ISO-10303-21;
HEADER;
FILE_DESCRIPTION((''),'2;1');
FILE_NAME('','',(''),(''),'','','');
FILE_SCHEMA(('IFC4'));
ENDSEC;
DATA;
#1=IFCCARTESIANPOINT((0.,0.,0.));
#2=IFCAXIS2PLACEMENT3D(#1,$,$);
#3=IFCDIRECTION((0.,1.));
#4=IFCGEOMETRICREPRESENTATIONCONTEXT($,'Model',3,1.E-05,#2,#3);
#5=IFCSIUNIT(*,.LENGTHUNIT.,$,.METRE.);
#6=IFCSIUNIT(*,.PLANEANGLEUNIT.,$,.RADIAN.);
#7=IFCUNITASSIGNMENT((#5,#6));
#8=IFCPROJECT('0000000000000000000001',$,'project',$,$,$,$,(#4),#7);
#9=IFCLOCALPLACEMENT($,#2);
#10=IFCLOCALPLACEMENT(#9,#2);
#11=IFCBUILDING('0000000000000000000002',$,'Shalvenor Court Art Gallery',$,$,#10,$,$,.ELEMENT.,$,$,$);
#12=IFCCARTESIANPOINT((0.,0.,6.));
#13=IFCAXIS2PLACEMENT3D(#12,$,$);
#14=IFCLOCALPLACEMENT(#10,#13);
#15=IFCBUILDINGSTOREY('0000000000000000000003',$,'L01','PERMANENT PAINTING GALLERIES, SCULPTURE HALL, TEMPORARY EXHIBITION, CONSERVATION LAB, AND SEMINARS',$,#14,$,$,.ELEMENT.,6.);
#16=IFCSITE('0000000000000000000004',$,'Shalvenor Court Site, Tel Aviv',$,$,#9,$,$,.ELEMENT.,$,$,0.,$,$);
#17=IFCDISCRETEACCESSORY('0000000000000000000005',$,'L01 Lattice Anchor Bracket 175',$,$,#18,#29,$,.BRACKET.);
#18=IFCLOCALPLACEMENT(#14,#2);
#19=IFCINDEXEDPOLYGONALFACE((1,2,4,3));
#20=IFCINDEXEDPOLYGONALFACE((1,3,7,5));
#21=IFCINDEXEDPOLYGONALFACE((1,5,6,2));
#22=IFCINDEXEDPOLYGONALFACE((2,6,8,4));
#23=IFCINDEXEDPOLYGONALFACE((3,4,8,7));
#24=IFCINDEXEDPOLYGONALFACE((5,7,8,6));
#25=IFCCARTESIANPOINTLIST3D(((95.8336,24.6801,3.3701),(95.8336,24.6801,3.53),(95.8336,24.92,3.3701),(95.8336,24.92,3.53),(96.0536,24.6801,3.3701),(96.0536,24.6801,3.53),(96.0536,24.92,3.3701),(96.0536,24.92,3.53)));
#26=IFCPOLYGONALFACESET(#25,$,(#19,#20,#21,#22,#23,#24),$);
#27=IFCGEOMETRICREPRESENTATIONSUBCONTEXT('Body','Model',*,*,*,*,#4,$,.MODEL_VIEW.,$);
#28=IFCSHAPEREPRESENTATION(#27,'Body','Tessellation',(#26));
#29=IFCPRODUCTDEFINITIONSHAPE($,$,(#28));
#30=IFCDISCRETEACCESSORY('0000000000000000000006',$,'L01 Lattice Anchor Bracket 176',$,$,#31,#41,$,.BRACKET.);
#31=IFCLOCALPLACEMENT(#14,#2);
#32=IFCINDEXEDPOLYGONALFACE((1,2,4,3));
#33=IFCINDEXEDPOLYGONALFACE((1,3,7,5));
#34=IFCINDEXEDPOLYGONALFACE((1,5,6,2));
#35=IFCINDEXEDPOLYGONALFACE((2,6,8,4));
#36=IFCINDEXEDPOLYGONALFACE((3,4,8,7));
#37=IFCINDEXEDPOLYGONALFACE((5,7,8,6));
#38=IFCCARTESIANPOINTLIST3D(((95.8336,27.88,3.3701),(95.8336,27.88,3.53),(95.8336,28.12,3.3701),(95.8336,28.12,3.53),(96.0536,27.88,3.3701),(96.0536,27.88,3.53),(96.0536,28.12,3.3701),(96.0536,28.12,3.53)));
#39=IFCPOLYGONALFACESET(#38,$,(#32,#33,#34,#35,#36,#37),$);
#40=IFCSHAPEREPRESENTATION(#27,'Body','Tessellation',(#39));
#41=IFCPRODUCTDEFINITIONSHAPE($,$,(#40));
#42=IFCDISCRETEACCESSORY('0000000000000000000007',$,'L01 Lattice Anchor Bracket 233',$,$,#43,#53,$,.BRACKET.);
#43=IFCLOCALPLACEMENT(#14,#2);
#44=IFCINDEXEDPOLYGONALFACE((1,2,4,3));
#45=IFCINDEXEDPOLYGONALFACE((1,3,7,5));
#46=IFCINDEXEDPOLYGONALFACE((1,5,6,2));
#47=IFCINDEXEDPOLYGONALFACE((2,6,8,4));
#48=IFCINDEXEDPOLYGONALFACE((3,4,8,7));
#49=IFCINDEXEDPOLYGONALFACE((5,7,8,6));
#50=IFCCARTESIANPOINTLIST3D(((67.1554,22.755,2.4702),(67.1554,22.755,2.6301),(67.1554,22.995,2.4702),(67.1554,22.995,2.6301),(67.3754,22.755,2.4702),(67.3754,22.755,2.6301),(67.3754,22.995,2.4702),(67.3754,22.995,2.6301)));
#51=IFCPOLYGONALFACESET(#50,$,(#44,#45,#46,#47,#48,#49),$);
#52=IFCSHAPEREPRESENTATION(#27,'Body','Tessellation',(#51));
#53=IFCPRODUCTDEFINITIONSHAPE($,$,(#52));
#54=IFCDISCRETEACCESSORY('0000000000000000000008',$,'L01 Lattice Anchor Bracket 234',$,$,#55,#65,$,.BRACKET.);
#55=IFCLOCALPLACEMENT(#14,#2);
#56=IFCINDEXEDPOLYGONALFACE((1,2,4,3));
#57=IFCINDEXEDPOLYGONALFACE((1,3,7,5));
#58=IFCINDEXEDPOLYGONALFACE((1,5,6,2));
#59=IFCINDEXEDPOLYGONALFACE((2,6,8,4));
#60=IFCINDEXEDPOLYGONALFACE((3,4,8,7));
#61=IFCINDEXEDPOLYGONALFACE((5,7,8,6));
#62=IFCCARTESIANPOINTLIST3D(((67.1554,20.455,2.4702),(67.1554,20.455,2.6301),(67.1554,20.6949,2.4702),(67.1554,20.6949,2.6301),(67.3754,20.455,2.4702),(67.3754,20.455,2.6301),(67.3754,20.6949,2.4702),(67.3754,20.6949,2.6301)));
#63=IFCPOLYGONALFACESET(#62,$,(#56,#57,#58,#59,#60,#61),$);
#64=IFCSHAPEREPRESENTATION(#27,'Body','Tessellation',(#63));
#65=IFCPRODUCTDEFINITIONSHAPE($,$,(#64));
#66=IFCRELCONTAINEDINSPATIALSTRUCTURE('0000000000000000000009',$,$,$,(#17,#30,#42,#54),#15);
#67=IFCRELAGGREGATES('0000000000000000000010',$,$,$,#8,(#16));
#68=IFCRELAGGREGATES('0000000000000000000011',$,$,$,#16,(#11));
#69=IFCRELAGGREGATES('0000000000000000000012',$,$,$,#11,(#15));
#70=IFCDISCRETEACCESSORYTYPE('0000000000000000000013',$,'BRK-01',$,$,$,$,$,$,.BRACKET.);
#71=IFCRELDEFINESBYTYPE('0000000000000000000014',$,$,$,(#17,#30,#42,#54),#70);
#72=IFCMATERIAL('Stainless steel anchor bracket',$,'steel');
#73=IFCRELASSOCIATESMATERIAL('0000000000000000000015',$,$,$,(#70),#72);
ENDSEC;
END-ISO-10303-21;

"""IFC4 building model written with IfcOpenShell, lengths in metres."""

from ifc_helpers import new_model, si_unit, direction, frame, origin, origin_2d, place, context, subcontext, project, spatial, rectangle, extrude, material, type_object, element, save


model = new_model("IFC4")

# Units and contexts
model_context = context("Model", 3, precision=1e-05, world=origin(), true_north=direction((0.0, 1.0)))
body_context = subcontext(model_context, "Body", "Model", "MODEL_VIEW")
ifc_project = project(units=[si_unit("LENGTHUNIT", "METRE"), si_unit("PLANEANGLEUNIT", "RADIAN")], contexts=[model_context])

# Site, building, storey
site_placement = place(None, origin())
site = spatial("IfcSite", under=ifc_project, at=site_placement, Name="Shalvenor Court Site, Tel Aviv", CompositionType="ELEMENT", RefElevation=0.0)
building_placement = place(site_placement, origin())
building = spatial("IfcBuilding", under=site, at=building_placement, Name="Shalvenor Court Art Gallery", CompositionType="ELEMENT")
storey_placement = place(building_placement, frame((0.0, 0.0, 6.0)))
storey = spatial("IfcBuildingStorey", under=building, at=storey_placement, Name="L01", Description="PERMANENT PAINTING GALLERIES, SCULPTURE HALL, TEMPORARY EXHIBITION, CONSERVATION LAB, AND SEMINARS", CompositionType="ELEMENT", Elevation=6.0)

# Discrete accessories
ifc_material_1 = material(Name="Stainless steel anchor bracket", Category="steel")
discrete_accessory_type = type_object("IfcDiscreteAccessoryType", Name="BRK-01", PredefinedType="BRACKET", material=ifc_material_1)
for number, where, z_axis, x_axis, name in (
    (1, (95.9436, 24.8, 3.3701), (0.0, 0.0, 1.0), (0.0, 1.0, 0.0), "L01 Lattice Anchor Bracket 175"),
    (2, (95.9436, 28.0, 3.3701), (0.0, 0.0, 1.0), (0.0, 1.0, 0.0), "L01 Lattice Anchor Bracket 176"),
    (3, (67.2654, 22.875, 2.4702), (0.0, 0.0, 1.0), (0.0, -1.0, 0.0), "L01 Lattice Anchor Bracket 233"),
    (4, (67.2654, 20.575, 2.4702), (0.0, 0.0, 1.0), (0.0, -1.0, 0.0), "L01 Lattice Anchor Bracket 234"),
):
    element("IfcDiscreteAccessory", number, at=place(storey_placement, frame(where, z_axis=z_axis, x_axis=x_axis)), inside=storey, type_object=discrete_accessory_type, Name=name, PredefinedType="BRACKET", context=body_context, shape_type="SweptSolid", body=[
        extrude(rectangle(XDim=0.24, YDim=0.22, at=origin_2d()), origin(), (0.0, 0.0, 1.0), 0.1599),
    ])

save(model, "model.ifc")
